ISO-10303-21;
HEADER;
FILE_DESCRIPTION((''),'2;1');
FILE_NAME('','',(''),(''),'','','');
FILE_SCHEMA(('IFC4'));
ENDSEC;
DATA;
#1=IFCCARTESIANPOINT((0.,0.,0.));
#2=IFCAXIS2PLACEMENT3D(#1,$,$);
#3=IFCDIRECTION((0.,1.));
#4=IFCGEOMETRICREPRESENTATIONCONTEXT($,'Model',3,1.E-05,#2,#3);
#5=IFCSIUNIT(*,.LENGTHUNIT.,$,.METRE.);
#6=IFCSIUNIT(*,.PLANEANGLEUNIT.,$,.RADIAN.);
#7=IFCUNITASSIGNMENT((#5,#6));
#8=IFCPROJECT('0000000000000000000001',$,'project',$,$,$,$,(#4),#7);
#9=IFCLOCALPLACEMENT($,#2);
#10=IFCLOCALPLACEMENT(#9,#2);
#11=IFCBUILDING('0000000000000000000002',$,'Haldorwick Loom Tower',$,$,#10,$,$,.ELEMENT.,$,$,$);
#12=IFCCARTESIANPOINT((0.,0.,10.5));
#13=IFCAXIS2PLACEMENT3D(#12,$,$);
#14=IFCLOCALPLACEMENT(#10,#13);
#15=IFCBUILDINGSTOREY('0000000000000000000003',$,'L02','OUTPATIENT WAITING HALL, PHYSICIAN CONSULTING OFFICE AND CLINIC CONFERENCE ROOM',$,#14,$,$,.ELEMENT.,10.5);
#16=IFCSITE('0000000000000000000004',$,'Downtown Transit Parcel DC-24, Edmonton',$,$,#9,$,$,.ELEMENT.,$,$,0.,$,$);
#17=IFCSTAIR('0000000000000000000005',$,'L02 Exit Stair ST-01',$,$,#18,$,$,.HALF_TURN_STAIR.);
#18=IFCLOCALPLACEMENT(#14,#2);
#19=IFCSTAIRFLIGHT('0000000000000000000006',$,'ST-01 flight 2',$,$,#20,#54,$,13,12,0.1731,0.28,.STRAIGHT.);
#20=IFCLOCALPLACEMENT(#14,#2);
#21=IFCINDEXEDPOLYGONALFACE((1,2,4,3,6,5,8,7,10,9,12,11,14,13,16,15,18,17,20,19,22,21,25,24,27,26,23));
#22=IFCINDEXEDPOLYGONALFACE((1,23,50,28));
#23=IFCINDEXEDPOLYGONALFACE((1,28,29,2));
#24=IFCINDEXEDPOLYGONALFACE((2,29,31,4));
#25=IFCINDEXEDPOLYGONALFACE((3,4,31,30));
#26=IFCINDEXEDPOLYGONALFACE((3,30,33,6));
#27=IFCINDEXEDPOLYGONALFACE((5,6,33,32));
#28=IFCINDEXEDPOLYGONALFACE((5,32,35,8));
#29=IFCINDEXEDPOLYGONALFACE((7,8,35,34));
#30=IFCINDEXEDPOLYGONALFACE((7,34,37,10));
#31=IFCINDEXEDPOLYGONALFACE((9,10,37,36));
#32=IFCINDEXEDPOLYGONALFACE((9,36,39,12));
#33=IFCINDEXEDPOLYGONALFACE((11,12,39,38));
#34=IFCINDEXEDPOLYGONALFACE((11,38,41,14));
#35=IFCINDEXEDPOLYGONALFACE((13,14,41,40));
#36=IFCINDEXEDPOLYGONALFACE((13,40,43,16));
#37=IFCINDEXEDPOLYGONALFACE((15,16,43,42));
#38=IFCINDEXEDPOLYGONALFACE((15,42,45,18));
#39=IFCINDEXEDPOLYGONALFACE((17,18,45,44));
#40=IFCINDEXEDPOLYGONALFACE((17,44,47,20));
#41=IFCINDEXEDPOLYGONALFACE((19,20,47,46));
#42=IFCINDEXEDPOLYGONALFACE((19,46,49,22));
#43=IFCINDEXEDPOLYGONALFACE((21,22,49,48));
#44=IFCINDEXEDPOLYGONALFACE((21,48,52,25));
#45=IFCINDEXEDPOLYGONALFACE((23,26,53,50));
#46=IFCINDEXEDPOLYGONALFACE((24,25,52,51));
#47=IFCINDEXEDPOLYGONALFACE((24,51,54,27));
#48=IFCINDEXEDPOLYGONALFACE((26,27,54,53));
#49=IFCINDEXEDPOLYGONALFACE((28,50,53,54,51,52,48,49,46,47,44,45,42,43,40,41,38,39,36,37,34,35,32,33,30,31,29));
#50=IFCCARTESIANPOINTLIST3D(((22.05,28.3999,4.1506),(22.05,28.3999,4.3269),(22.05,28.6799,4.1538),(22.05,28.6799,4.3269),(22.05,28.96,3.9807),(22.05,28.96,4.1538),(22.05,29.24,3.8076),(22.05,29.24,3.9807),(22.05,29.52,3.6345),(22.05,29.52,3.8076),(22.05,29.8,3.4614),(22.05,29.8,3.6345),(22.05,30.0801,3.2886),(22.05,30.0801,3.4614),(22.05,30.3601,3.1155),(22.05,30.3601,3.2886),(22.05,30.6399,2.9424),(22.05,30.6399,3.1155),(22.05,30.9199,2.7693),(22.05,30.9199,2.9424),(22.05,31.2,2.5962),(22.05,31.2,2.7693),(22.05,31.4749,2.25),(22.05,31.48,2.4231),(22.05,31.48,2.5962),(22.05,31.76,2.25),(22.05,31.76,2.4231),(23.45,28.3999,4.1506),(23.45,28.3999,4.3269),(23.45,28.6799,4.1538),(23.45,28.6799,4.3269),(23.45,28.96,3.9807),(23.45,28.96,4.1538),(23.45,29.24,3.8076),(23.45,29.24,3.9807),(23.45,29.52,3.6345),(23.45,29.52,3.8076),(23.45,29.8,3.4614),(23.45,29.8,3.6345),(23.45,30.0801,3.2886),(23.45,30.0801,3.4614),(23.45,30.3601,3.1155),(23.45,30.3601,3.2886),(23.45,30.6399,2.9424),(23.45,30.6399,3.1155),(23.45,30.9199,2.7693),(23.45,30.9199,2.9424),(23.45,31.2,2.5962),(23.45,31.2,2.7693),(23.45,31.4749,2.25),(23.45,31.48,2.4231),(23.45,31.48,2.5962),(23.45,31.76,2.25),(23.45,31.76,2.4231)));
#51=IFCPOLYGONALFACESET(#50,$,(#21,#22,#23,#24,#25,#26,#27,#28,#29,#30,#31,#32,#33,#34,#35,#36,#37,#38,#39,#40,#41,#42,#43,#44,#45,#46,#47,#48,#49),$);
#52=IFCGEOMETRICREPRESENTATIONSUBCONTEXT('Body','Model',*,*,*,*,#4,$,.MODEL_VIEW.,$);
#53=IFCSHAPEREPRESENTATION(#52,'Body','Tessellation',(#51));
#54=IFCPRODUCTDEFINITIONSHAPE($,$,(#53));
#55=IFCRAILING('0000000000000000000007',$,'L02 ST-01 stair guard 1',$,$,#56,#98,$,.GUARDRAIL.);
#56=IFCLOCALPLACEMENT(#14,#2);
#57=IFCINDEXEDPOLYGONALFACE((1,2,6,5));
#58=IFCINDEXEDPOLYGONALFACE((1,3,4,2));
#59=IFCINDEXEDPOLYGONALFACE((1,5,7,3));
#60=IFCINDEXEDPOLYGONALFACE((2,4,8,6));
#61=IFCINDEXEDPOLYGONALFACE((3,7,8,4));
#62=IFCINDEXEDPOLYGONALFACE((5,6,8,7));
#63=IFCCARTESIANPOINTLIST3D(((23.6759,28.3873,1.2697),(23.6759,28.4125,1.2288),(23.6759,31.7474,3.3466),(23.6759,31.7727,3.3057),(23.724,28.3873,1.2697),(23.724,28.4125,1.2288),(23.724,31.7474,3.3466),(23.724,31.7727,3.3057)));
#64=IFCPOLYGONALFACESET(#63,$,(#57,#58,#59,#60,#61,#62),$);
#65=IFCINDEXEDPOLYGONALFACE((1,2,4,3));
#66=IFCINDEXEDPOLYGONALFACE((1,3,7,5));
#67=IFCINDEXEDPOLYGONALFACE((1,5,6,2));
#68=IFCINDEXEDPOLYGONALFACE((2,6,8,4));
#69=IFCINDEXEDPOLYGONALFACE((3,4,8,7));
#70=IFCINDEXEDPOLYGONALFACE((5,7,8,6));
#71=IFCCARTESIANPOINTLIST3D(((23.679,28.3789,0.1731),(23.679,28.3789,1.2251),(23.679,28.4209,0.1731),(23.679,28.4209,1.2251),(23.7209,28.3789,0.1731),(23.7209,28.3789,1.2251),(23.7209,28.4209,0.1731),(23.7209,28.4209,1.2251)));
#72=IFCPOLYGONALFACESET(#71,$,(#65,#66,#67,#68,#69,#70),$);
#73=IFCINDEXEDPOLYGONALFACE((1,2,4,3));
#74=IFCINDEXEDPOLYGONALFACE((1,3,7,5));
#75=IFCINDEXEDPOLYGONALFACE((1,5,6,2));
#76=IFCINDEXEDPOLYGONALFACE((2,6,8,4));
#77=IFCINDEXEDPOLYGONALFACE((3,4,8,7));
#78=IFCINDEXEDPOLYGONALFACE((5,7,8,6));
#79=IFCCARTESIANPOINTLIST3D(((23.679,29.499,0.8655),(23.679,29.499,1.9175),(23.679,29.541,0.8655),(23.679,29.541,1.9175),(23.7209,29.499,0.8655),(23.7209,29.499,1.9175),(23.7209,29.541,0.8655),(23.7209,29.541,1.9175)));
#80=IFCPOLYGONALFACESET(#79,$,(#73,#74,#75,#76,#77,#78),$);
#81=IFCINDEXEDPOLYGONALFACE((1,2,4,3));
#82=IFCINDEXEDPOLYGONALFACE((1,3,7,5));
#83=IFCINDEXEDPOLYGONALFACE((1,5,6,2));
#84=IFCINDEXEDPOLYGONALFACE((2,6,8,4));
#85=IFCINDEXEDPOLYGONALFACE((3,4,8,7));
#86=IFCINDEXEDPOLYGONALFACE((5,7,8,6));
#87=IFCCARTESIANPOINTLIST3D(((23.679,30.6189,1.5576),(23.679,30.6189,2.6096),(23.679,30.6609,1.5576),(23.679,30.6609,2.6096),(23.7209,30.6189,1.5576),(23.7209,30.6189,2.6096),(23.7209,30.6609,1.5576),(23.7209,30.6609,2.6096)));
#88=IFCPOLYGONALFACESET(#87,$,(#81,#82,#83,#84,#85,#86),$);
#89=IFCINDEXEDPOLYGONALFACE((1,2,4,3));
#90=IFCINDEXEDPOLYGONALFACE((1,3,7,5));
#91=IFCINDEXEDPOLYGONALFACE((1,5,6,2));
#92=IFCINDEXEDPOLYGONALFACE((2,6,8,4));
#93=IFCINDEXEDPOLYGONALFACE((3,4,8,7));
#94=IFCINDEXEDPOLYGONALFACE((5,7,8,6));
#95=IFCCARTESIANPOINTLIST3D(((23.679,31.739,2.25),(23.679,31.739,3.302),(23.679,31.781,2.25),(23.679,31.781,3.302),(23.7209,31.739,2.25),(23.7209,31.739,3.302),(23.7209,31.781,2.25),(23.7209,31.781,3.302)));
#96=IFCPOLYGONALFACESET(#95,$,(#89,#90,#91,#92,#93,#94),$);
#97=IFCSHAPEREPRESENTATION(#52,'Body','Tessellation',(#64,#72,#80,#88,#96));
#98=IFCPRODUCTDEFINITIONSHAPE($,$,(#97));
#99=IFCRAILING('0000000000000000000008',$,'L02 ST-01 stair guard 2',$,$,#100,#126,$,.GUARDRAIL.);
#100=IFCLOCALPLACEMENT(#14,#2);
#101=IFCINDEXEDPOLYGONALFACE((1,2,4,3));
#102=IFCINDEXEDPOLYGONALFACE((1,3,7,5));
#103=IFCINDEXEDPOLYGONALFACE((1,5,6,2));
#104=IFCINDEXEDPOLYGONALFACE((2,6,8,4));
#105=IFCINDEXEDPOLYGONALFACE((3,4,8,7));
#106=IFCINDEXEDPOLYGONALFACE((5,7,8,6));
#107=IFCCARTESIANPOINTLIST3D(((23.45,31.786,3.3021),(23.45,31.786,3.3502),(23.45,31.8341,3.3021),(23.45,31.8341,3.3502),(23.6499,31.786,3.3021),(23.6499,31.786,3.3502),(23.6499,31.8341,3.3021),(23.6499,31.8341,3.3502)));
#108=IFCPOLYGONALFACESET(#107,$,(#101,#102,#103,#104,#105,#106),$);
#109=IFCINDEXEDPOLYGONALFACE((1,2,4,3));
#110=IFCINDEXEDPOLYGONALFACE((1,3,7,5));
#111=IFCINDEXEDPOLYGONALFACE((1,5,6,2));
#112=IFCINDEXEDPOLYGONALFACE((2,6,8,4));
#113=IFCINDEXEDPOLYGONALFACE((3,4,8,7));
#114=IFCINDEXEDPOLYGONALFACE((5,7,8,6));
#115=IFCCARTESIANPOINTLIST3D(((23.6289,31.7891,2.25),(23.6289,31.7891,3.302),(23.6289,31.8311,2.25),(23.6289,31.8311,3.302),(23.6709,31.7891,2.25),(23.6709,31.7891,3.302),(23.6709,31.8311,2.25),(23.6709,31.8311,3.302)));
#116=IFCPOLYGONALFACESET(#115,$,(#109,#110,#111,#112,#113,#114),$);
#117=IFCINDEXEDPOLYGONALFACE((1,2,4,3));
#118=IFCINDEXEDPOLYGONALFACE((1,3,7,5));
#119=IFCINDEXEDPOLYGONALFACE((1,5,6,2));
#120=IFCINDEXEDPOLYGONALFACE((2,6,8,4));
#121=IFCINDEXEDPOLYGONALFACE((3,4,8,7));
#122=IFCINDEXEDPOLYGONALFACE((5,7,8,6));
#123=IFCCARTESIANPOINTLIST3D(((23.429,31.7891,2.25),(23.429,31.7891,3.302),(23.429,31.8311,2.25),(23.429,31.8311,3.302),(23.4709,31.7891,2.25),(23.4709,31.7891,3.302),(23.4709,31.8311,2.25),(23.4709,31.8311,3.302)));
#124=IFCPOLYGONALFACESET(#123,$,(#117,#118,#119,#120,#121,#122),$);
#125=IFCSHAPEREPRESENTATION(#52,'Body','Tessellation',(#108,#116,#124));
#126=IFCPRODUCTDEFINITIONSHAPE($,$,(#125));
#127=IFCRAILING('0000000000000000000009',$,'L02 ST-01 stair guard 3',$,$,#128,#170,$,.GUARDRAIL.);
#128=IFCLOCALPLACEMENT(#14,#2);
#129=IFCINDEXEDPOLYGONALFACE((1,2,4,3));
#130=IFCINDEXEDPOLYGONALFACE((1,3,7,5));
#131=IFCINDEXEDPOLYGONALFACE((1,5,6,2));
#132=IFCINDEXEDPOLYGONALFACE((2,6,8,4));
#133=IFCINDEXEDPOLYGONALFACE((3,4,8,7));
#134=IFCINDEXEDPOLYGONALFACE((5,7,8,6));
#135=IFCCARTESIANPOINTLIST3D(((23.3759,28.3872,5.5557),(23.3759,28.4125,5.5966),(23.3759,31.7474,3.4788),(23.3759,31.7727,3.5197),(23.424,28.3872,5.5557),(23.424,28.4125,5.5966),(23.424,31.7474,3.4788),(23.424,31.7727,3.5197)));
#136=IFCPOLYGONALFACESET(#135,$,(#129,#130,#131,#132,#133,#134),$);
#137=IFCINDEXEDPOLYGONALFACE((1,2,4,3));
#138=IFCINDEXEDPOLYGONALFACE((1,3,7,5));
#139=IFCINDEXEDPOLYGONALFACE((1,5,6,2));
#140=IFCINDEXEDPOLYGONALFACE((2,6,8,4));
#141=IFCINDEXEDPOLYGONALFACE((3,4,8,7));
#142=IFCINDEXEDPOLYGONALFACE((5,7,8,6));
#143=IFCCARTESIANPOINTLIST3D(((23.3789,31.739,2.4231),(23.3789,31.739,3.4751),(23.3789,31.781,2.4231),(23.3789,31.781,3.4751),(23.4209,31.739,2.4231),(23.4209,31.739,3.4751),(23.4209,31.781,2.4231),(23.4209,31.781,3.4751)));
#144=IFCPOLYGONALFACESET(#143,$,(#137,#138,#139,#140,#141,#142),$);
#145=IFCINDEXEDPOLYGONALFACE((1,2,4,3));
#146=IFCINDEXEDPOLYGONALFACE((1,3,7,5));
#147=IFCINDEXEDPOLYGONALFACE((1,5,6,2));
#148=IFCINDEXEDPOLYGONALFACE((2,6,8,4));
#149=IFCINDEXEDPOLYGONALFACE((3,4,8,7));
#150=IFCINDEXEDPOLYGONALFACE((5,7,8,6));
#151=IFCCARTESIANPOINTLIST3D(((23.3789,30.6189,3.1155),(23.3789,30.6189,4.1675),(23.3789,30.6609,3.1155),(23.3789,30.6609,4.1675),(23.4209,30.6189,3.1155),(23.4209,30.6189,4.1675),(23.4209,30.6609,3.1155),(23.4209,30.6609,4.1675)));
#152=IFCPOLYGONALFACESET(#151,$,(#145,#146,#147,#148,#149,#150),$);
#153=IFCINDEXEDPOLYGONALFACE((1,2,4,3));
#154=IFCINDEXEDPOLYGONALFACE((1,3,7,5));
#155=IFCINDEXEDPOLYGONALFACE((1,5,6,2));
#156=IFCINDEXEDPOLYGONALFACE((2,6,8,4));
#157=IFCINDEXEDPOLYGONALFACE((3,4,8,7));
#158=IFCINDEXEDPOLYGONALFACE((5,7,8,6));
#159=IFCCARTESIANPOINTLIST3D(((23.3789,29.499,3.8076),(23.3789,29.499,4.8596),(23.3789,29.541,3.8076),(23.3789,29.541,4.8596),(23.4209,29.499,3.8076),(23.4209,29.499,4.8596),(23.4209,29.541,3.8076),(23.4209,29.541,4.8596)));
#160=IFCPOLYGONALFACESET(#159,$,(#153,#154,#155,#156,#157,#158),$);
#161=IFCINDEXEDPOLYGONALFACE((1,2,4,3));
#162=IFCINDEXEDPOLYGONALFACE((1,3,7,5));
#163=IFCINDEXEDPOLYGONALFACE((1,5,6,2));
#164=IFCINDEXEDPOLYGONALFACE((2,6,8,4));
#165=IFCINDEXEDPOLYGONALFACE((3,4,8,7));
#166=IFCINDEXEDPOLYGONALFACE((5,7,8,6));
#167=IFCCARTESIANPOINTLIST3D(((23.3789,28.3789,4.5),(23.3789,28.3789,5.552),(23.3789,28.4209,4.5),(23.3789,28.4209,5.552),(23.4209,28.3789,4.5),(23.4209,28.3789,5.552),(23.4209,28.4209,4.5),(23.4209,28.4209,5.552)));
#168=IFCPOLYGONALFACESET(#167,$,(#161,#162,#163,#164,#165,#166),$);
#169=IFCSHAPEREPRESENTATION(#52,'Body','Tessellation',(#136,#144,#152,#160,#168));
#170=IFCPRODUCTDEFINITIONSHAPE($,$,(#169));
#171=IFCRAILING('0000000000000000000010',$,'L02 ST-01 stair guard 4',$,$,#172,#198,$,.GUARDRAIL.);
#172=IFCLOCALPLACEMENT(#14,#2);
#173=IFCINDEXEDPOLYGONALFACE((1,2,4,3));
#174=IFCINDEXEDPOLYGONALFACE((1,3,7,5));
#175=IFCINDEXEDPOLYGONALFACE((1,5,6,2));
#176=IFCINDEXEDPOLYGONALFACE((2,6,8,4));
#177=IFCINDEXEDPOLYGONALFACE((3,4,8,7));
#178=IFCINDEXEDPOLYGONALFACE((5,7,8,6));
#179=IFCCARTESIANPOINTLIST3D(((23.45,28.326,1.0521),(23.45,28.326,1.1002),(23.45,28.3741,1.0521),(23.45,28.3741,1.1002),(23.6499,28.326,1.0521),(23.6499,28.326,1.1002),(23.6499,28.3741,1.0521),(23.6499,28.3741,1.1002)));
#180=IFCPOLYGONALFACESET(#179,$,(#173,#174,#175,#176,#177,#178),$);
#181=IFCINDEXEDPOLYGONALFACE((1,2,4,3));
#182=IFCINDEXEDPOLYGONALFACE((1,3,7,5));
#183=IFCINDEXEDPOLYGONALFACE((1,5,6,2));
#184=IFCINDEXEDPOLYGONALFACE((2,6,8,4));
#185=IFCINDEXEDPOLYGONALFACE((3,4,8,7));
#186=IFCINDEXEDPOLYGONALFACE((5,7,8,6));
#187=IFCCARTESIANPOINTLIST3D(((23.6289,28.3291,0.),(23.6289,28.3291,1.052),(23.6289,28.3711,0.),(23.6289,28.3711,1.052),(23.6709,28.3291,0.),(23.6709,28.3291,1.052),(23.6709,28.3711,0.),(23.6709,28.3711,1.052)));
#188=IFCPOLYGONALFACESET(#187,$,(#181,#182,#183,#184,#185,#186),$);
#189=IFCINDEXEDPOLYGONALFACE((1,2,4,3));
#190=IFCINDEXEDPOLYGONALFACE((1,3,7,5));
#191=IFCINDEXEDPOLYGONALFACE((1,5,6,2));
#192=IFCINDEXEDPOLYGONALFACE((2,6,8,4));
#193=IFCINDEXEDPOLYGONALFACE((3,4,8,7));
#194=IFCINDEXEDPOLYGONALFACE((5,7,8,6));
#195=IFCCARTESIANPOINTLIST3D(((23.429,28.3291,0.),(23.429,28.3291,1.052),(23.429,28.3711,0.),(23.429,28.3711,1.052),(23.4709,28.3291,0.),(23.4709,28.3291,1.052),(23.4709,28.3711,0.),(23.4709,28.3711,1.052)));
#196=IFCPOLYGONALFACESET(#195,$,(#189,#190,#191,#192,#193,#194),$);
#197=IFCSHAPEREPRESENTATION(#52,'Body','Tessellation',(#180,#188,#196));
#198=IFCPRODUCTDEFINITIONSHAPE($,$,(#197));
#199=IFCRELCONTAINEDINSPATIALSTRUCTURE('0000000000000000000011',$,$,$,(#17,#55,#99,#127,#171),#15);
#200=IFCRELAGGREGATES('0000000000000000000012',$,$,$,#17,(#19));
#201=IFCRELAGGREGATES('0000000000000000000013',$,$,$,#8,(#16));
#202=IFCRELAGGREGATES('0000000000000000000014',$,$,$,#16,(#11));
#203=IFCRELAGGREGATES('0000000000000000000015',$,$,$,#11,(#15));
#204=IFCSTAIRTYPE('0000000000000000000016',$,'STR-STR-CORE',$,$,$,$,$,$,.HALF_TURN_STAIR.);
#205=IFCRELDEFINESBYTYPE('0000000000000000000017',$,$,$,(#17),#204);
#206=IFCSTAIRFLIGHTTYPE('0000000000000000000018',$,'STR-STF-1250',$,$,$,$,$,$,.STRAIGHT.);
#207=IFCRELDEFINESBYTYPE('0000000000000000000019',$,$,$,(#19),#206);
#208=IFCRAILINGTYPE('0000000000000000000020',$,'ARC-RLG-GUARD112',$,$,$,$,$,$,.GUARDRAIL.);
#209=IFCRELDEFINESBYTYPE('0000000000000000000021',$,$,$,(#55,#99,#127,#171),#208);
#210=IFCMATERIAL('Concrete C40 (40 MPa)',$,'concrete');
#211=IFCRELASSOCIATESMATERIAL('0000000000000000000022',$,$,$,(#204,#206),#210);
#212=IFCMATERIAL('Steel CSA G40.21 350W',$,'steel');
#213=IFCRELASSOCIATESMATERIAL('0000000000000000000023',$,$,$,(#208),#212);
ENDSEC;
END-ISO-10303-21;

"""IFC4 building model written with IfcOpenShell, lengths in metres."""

from ifc_helpers import new_model, si_unit, direction, frame, origin, origin_2d, place, context, subcontext, project, spatial, polyline, rectangle, outline, extrude, material, type_object, element, aggregate, save


model = new_model("IFC4")

# Units and contexts
model_context = context("Model", 3, precision=1e-05, world=origin(), true_north=direction((0.0, 1.0)))
body_context = subcontext(model_context, "Body", "Model", "MODEL_VIEW")
ifc_project = project(units=[si_unit("LENGTHUNIT", "METRE"), si_unit("PLANEANGLEUNIT", "RADIAN")], contexts=[model_context])

# Site, building, storey
site_placement = place(None, origin())
site = spatial("IfcSite", under=ifc_project, at=site_placement, Name="Downtown Transit Parcel DC-24, Edmonton", CompositionType="ELEMENT", RefElevation=0.0)
building_placement = place(site_placement, origin())
building = spatial("IfcBuilding", under=site, at=building_placement, Name="Haldorwick Loom Tower", CompositionType="ELEMENT")
storey_placement = place(building_placement, frame((0.0, 0.0, 10.5)))
storey = spatial("IfcBuildingStorey", under=building, at=storey_placement, Name="L02", Description="OUTPATIENT WAITING HALL, PHYSICIAN CONSULTING OFFICE AND CLINIC CONFERENCE ROOM", CompositionType="ELEMENT", Elevation=10.5)

# Shared definitions
ifc_material_1 = material(Name="Steel CSA G40.21 350W", Category="steel")

# Stair, stair flight
ifc_material_2 = material(Name="Concrete C40 (40 MPa)", Category="concrete")
stair_type = type_object("IfcStairType", Name="STR-STR-CORE", PredefinedType="HALF_TURN_STAIR", material=ifc_material_2)
stair_placement = place(storey_placement, origin())
stair = element("IfcStair", 1, at=stair_placement, inside=storey, type_object=stair_type, Name="L02 Exit Stair ST-01", PredefinedType="HALF_TURN_STAIR")
stair_flight_type = type_object("IfcStairFlightType", Name="STR-STF-1250", PredefinedType="STRAIGHT", material=ifc_material_2)
stair_flight_1_placement = place(storey_placement, frame((22.75, 31.76, 2.25), z_axis=(0.0, 0.0, 1.0), x_axis=(0.0, -1.0, 0.0)))
stair_flight_1 = element("IfcStairFlight", 2, at=stair_flight_1_placement, type_object=stair_flight_type, Name="ST-01 flight 2", NumberOfRisers=13, NumberOfTreads=12, PredefinedType="STRAIGHT", RiserHeight=0.1731, TreadLength=0.28, context=body_context, shape_type="SweptSolid", body=[
    extrude(outline(polyline([(0.0, 0.0), (0.0, 0.1731), (0.28, 0.1731), (0.28, 0.3462), (0.5601, 0.3462), (0.5601, 0.5193), (0.8401, 0.5193), (0.8401, 0.6924), (1.1201, 0.6924), (1.1201, 0.8655), (1.3999, 0.8655), (1.3999, 1.0386), (1.6799, 1.0386), (1.6799, 1.2114), (1.96, 1.2114), (1.96, 1.3845), (2.24, 1.3845), (2.24, 1.5576), (2.52, 1.5576), (2.52, 1.7307), (2.8, 1.7307), (2.8, 1.9038), (3.0801, 1.9038), (3.0801, 2.0769), (3.3601, 2.0769), (3.3601, 2.25), (3.3601, 1.9006), (0.2852, 0.0), (0.0, 0.0)])), frame((0.0, 0.7, 0.0), z_axis=(0.0, -1.0, 0.0), x_axis=(1.0, 0.0, 0.0)), (0.0, 0.0, 1.0), 1.3999),
])
aggregate(stair, [stair_flight_1])

# Railings
railing_type_1 = type_object("IfcRailingType", Name="ARC-RLG-GUARD112", PredefinedType="GUARDRAIL", material=ifc_material_1)
railing_1_placement = place(storey_placement, frame((23.7, 28.3999, 0.1731)))
element("IfcRailing", 3, at=railing_1_placement, inside=storey, type_object=railing_type_1, Name="L02 ST-01 stair guard 1", PredefinedType="GUARDRAIL", context=body_context, shape_type="SweptSolid", body=[
    extrude(rectangle(XDim=0.0481, YDim=0.0481, at=origin_2d()), frame((0.0, 0.0, 1.0762), z_axis=(0.0, 0.850623, 0.525776), x_axis=(-1.0, 0.0, 0.0)), (0.0, 0.0, 1.0), 3.9502),
    extrude(rectangle(XDim=0.042, YDim=0.042, at=origin_2d()), origin(), (0.0, 0.0, 1.0), 1.052),
    extrude(rectangle(XDim=0.042, YDim=0.042, at=origin_2d()), frame((0.0, 1.1201, 0.6924)), (0.0, 0.0, 1.0), 1.052),
    extrude(rectangle(XDim=0.042, YDim=0.042, at=origin_2d()), frame((0.0, 2.24, 1.3845)), (0.0, 0.0, 1.0), 1.052),
    extrude(rectangle(XDim=0.042, YDim=0.042, at=origin_2d()), frame((0.0, 3.3601, 2.0769)), (0.0, 0.0, 1.0), 1.052),
])
railing_2_placement = place(storey_placement, frame((23.6499, 31.8101, 2.25)))
element("IfcRailing", 4, at=railing_2_placement, inside=storey, type_object=railing_type_1, Name="L02 ST-01 stair guard 2", PredefinedType="GUARDRAIL", context=body_context, shape_type="SweptSolid", body=[
    extrude(rectangle(XDim=0.0481, YDim=0.0481, at=origin_2d()), frame((0.0, 0.0, 1.0762), z_axis=(-1.0, 0.0, 0.0), x_axis=(0.0, -1.0, 0.0)), (0.0, 0.0, 1.0), 0.2),
    extrude(rectangle(XDim=0.042, YDim=0.042, at=origin_2d()), origin(), (0.0, 0.0, 1.0), 1.052),
    extrude(rectangle(XDim=0.042, YDim=0.042, at=origin_2d()), frame((-0.2, 0.0, 0.0)), (0.0, 0.0, 1.0), 1.052),
])
railing_3_placement = place(storey_placement, frame((23.3999, 31.76, 2.4231)))
element("IfcRailing", 5, at=railing_3_placement, inside=storey, type_object=railing_type_1, Name="L02 ST-01 stair guard 3", PredefinedType="GUARDRAIL", context=body_context, shape_type="SweptSolid", body=[
    extrude(rectangle(XDim=0.0481, YDim=0.0481, at=origin_2d()), frame((0.0, 0.0, 1.0762), z_axis=(0.0, -0.850623, 0.525776), x_axis=(1.0, 0.0, 0.0)), (0.0, 0.0, 1.0), 3.9502),
    extrude(rectangle(XDim=0.042, YDim=0.042, at=origin_2d()), origin(), (0.0, 0.0, 1.0), 1.052),
    extrude(rectangle(XDim=0.042, YDim=0.042, at=origin_2d()), frame((0.0, -1.1201, 0.6924)), (0.0, 0.0, 1.0), 1.052),
    extrude(rectangle(XDim=0.042, YDim=0.042, at=origin_2d()), frame((0.0, -2.24, 1.3845)), (0.0, 0.0, 1.0), 1.052),
    extrude(rectangle(XDim=0.042, YDim=0.042, at=origin_2d()), frame((0.0, -3.3601, 2.0769)), (0.0, 0.0, 1.0), 1.052),
])
railing_4_placement = place(storey_placement, frame((23.6499, 28.3501, 0.0)))
element("IfcRailing", 6, at=railing_4_placement, inside=storey, type_object=railing_type_1, Name="L02 ST-01 stair guard 4", PredefinedType="GUARDRAIL", context=body_context, shape_type="SweptSolid", body=[
    extrude(rectangle(XDim=0.0481, YDim=0.0481, at=origin_2d()), frame((0.0, 0.0, 1.0762), z_axis=(-1.0, 0.0, 0.0), x_axis=(0.0, -1.0, 0.0)), (0.0, 0.0, 1.0), 0.2),
    extrude(rectangle(XDim=0.042, YDim=0.042, at=origin_2d()), origin(), (0.0, 0.0, 1.0), 1.052),
    extrude(rectangle(XDim=0.042, YDim=0.042, at=origin_2d()), frame((-0.2, 0.0, 0.0)), (0.0, 0.0, 1.0), 1.052),
])

save(model, "model.ifc")
